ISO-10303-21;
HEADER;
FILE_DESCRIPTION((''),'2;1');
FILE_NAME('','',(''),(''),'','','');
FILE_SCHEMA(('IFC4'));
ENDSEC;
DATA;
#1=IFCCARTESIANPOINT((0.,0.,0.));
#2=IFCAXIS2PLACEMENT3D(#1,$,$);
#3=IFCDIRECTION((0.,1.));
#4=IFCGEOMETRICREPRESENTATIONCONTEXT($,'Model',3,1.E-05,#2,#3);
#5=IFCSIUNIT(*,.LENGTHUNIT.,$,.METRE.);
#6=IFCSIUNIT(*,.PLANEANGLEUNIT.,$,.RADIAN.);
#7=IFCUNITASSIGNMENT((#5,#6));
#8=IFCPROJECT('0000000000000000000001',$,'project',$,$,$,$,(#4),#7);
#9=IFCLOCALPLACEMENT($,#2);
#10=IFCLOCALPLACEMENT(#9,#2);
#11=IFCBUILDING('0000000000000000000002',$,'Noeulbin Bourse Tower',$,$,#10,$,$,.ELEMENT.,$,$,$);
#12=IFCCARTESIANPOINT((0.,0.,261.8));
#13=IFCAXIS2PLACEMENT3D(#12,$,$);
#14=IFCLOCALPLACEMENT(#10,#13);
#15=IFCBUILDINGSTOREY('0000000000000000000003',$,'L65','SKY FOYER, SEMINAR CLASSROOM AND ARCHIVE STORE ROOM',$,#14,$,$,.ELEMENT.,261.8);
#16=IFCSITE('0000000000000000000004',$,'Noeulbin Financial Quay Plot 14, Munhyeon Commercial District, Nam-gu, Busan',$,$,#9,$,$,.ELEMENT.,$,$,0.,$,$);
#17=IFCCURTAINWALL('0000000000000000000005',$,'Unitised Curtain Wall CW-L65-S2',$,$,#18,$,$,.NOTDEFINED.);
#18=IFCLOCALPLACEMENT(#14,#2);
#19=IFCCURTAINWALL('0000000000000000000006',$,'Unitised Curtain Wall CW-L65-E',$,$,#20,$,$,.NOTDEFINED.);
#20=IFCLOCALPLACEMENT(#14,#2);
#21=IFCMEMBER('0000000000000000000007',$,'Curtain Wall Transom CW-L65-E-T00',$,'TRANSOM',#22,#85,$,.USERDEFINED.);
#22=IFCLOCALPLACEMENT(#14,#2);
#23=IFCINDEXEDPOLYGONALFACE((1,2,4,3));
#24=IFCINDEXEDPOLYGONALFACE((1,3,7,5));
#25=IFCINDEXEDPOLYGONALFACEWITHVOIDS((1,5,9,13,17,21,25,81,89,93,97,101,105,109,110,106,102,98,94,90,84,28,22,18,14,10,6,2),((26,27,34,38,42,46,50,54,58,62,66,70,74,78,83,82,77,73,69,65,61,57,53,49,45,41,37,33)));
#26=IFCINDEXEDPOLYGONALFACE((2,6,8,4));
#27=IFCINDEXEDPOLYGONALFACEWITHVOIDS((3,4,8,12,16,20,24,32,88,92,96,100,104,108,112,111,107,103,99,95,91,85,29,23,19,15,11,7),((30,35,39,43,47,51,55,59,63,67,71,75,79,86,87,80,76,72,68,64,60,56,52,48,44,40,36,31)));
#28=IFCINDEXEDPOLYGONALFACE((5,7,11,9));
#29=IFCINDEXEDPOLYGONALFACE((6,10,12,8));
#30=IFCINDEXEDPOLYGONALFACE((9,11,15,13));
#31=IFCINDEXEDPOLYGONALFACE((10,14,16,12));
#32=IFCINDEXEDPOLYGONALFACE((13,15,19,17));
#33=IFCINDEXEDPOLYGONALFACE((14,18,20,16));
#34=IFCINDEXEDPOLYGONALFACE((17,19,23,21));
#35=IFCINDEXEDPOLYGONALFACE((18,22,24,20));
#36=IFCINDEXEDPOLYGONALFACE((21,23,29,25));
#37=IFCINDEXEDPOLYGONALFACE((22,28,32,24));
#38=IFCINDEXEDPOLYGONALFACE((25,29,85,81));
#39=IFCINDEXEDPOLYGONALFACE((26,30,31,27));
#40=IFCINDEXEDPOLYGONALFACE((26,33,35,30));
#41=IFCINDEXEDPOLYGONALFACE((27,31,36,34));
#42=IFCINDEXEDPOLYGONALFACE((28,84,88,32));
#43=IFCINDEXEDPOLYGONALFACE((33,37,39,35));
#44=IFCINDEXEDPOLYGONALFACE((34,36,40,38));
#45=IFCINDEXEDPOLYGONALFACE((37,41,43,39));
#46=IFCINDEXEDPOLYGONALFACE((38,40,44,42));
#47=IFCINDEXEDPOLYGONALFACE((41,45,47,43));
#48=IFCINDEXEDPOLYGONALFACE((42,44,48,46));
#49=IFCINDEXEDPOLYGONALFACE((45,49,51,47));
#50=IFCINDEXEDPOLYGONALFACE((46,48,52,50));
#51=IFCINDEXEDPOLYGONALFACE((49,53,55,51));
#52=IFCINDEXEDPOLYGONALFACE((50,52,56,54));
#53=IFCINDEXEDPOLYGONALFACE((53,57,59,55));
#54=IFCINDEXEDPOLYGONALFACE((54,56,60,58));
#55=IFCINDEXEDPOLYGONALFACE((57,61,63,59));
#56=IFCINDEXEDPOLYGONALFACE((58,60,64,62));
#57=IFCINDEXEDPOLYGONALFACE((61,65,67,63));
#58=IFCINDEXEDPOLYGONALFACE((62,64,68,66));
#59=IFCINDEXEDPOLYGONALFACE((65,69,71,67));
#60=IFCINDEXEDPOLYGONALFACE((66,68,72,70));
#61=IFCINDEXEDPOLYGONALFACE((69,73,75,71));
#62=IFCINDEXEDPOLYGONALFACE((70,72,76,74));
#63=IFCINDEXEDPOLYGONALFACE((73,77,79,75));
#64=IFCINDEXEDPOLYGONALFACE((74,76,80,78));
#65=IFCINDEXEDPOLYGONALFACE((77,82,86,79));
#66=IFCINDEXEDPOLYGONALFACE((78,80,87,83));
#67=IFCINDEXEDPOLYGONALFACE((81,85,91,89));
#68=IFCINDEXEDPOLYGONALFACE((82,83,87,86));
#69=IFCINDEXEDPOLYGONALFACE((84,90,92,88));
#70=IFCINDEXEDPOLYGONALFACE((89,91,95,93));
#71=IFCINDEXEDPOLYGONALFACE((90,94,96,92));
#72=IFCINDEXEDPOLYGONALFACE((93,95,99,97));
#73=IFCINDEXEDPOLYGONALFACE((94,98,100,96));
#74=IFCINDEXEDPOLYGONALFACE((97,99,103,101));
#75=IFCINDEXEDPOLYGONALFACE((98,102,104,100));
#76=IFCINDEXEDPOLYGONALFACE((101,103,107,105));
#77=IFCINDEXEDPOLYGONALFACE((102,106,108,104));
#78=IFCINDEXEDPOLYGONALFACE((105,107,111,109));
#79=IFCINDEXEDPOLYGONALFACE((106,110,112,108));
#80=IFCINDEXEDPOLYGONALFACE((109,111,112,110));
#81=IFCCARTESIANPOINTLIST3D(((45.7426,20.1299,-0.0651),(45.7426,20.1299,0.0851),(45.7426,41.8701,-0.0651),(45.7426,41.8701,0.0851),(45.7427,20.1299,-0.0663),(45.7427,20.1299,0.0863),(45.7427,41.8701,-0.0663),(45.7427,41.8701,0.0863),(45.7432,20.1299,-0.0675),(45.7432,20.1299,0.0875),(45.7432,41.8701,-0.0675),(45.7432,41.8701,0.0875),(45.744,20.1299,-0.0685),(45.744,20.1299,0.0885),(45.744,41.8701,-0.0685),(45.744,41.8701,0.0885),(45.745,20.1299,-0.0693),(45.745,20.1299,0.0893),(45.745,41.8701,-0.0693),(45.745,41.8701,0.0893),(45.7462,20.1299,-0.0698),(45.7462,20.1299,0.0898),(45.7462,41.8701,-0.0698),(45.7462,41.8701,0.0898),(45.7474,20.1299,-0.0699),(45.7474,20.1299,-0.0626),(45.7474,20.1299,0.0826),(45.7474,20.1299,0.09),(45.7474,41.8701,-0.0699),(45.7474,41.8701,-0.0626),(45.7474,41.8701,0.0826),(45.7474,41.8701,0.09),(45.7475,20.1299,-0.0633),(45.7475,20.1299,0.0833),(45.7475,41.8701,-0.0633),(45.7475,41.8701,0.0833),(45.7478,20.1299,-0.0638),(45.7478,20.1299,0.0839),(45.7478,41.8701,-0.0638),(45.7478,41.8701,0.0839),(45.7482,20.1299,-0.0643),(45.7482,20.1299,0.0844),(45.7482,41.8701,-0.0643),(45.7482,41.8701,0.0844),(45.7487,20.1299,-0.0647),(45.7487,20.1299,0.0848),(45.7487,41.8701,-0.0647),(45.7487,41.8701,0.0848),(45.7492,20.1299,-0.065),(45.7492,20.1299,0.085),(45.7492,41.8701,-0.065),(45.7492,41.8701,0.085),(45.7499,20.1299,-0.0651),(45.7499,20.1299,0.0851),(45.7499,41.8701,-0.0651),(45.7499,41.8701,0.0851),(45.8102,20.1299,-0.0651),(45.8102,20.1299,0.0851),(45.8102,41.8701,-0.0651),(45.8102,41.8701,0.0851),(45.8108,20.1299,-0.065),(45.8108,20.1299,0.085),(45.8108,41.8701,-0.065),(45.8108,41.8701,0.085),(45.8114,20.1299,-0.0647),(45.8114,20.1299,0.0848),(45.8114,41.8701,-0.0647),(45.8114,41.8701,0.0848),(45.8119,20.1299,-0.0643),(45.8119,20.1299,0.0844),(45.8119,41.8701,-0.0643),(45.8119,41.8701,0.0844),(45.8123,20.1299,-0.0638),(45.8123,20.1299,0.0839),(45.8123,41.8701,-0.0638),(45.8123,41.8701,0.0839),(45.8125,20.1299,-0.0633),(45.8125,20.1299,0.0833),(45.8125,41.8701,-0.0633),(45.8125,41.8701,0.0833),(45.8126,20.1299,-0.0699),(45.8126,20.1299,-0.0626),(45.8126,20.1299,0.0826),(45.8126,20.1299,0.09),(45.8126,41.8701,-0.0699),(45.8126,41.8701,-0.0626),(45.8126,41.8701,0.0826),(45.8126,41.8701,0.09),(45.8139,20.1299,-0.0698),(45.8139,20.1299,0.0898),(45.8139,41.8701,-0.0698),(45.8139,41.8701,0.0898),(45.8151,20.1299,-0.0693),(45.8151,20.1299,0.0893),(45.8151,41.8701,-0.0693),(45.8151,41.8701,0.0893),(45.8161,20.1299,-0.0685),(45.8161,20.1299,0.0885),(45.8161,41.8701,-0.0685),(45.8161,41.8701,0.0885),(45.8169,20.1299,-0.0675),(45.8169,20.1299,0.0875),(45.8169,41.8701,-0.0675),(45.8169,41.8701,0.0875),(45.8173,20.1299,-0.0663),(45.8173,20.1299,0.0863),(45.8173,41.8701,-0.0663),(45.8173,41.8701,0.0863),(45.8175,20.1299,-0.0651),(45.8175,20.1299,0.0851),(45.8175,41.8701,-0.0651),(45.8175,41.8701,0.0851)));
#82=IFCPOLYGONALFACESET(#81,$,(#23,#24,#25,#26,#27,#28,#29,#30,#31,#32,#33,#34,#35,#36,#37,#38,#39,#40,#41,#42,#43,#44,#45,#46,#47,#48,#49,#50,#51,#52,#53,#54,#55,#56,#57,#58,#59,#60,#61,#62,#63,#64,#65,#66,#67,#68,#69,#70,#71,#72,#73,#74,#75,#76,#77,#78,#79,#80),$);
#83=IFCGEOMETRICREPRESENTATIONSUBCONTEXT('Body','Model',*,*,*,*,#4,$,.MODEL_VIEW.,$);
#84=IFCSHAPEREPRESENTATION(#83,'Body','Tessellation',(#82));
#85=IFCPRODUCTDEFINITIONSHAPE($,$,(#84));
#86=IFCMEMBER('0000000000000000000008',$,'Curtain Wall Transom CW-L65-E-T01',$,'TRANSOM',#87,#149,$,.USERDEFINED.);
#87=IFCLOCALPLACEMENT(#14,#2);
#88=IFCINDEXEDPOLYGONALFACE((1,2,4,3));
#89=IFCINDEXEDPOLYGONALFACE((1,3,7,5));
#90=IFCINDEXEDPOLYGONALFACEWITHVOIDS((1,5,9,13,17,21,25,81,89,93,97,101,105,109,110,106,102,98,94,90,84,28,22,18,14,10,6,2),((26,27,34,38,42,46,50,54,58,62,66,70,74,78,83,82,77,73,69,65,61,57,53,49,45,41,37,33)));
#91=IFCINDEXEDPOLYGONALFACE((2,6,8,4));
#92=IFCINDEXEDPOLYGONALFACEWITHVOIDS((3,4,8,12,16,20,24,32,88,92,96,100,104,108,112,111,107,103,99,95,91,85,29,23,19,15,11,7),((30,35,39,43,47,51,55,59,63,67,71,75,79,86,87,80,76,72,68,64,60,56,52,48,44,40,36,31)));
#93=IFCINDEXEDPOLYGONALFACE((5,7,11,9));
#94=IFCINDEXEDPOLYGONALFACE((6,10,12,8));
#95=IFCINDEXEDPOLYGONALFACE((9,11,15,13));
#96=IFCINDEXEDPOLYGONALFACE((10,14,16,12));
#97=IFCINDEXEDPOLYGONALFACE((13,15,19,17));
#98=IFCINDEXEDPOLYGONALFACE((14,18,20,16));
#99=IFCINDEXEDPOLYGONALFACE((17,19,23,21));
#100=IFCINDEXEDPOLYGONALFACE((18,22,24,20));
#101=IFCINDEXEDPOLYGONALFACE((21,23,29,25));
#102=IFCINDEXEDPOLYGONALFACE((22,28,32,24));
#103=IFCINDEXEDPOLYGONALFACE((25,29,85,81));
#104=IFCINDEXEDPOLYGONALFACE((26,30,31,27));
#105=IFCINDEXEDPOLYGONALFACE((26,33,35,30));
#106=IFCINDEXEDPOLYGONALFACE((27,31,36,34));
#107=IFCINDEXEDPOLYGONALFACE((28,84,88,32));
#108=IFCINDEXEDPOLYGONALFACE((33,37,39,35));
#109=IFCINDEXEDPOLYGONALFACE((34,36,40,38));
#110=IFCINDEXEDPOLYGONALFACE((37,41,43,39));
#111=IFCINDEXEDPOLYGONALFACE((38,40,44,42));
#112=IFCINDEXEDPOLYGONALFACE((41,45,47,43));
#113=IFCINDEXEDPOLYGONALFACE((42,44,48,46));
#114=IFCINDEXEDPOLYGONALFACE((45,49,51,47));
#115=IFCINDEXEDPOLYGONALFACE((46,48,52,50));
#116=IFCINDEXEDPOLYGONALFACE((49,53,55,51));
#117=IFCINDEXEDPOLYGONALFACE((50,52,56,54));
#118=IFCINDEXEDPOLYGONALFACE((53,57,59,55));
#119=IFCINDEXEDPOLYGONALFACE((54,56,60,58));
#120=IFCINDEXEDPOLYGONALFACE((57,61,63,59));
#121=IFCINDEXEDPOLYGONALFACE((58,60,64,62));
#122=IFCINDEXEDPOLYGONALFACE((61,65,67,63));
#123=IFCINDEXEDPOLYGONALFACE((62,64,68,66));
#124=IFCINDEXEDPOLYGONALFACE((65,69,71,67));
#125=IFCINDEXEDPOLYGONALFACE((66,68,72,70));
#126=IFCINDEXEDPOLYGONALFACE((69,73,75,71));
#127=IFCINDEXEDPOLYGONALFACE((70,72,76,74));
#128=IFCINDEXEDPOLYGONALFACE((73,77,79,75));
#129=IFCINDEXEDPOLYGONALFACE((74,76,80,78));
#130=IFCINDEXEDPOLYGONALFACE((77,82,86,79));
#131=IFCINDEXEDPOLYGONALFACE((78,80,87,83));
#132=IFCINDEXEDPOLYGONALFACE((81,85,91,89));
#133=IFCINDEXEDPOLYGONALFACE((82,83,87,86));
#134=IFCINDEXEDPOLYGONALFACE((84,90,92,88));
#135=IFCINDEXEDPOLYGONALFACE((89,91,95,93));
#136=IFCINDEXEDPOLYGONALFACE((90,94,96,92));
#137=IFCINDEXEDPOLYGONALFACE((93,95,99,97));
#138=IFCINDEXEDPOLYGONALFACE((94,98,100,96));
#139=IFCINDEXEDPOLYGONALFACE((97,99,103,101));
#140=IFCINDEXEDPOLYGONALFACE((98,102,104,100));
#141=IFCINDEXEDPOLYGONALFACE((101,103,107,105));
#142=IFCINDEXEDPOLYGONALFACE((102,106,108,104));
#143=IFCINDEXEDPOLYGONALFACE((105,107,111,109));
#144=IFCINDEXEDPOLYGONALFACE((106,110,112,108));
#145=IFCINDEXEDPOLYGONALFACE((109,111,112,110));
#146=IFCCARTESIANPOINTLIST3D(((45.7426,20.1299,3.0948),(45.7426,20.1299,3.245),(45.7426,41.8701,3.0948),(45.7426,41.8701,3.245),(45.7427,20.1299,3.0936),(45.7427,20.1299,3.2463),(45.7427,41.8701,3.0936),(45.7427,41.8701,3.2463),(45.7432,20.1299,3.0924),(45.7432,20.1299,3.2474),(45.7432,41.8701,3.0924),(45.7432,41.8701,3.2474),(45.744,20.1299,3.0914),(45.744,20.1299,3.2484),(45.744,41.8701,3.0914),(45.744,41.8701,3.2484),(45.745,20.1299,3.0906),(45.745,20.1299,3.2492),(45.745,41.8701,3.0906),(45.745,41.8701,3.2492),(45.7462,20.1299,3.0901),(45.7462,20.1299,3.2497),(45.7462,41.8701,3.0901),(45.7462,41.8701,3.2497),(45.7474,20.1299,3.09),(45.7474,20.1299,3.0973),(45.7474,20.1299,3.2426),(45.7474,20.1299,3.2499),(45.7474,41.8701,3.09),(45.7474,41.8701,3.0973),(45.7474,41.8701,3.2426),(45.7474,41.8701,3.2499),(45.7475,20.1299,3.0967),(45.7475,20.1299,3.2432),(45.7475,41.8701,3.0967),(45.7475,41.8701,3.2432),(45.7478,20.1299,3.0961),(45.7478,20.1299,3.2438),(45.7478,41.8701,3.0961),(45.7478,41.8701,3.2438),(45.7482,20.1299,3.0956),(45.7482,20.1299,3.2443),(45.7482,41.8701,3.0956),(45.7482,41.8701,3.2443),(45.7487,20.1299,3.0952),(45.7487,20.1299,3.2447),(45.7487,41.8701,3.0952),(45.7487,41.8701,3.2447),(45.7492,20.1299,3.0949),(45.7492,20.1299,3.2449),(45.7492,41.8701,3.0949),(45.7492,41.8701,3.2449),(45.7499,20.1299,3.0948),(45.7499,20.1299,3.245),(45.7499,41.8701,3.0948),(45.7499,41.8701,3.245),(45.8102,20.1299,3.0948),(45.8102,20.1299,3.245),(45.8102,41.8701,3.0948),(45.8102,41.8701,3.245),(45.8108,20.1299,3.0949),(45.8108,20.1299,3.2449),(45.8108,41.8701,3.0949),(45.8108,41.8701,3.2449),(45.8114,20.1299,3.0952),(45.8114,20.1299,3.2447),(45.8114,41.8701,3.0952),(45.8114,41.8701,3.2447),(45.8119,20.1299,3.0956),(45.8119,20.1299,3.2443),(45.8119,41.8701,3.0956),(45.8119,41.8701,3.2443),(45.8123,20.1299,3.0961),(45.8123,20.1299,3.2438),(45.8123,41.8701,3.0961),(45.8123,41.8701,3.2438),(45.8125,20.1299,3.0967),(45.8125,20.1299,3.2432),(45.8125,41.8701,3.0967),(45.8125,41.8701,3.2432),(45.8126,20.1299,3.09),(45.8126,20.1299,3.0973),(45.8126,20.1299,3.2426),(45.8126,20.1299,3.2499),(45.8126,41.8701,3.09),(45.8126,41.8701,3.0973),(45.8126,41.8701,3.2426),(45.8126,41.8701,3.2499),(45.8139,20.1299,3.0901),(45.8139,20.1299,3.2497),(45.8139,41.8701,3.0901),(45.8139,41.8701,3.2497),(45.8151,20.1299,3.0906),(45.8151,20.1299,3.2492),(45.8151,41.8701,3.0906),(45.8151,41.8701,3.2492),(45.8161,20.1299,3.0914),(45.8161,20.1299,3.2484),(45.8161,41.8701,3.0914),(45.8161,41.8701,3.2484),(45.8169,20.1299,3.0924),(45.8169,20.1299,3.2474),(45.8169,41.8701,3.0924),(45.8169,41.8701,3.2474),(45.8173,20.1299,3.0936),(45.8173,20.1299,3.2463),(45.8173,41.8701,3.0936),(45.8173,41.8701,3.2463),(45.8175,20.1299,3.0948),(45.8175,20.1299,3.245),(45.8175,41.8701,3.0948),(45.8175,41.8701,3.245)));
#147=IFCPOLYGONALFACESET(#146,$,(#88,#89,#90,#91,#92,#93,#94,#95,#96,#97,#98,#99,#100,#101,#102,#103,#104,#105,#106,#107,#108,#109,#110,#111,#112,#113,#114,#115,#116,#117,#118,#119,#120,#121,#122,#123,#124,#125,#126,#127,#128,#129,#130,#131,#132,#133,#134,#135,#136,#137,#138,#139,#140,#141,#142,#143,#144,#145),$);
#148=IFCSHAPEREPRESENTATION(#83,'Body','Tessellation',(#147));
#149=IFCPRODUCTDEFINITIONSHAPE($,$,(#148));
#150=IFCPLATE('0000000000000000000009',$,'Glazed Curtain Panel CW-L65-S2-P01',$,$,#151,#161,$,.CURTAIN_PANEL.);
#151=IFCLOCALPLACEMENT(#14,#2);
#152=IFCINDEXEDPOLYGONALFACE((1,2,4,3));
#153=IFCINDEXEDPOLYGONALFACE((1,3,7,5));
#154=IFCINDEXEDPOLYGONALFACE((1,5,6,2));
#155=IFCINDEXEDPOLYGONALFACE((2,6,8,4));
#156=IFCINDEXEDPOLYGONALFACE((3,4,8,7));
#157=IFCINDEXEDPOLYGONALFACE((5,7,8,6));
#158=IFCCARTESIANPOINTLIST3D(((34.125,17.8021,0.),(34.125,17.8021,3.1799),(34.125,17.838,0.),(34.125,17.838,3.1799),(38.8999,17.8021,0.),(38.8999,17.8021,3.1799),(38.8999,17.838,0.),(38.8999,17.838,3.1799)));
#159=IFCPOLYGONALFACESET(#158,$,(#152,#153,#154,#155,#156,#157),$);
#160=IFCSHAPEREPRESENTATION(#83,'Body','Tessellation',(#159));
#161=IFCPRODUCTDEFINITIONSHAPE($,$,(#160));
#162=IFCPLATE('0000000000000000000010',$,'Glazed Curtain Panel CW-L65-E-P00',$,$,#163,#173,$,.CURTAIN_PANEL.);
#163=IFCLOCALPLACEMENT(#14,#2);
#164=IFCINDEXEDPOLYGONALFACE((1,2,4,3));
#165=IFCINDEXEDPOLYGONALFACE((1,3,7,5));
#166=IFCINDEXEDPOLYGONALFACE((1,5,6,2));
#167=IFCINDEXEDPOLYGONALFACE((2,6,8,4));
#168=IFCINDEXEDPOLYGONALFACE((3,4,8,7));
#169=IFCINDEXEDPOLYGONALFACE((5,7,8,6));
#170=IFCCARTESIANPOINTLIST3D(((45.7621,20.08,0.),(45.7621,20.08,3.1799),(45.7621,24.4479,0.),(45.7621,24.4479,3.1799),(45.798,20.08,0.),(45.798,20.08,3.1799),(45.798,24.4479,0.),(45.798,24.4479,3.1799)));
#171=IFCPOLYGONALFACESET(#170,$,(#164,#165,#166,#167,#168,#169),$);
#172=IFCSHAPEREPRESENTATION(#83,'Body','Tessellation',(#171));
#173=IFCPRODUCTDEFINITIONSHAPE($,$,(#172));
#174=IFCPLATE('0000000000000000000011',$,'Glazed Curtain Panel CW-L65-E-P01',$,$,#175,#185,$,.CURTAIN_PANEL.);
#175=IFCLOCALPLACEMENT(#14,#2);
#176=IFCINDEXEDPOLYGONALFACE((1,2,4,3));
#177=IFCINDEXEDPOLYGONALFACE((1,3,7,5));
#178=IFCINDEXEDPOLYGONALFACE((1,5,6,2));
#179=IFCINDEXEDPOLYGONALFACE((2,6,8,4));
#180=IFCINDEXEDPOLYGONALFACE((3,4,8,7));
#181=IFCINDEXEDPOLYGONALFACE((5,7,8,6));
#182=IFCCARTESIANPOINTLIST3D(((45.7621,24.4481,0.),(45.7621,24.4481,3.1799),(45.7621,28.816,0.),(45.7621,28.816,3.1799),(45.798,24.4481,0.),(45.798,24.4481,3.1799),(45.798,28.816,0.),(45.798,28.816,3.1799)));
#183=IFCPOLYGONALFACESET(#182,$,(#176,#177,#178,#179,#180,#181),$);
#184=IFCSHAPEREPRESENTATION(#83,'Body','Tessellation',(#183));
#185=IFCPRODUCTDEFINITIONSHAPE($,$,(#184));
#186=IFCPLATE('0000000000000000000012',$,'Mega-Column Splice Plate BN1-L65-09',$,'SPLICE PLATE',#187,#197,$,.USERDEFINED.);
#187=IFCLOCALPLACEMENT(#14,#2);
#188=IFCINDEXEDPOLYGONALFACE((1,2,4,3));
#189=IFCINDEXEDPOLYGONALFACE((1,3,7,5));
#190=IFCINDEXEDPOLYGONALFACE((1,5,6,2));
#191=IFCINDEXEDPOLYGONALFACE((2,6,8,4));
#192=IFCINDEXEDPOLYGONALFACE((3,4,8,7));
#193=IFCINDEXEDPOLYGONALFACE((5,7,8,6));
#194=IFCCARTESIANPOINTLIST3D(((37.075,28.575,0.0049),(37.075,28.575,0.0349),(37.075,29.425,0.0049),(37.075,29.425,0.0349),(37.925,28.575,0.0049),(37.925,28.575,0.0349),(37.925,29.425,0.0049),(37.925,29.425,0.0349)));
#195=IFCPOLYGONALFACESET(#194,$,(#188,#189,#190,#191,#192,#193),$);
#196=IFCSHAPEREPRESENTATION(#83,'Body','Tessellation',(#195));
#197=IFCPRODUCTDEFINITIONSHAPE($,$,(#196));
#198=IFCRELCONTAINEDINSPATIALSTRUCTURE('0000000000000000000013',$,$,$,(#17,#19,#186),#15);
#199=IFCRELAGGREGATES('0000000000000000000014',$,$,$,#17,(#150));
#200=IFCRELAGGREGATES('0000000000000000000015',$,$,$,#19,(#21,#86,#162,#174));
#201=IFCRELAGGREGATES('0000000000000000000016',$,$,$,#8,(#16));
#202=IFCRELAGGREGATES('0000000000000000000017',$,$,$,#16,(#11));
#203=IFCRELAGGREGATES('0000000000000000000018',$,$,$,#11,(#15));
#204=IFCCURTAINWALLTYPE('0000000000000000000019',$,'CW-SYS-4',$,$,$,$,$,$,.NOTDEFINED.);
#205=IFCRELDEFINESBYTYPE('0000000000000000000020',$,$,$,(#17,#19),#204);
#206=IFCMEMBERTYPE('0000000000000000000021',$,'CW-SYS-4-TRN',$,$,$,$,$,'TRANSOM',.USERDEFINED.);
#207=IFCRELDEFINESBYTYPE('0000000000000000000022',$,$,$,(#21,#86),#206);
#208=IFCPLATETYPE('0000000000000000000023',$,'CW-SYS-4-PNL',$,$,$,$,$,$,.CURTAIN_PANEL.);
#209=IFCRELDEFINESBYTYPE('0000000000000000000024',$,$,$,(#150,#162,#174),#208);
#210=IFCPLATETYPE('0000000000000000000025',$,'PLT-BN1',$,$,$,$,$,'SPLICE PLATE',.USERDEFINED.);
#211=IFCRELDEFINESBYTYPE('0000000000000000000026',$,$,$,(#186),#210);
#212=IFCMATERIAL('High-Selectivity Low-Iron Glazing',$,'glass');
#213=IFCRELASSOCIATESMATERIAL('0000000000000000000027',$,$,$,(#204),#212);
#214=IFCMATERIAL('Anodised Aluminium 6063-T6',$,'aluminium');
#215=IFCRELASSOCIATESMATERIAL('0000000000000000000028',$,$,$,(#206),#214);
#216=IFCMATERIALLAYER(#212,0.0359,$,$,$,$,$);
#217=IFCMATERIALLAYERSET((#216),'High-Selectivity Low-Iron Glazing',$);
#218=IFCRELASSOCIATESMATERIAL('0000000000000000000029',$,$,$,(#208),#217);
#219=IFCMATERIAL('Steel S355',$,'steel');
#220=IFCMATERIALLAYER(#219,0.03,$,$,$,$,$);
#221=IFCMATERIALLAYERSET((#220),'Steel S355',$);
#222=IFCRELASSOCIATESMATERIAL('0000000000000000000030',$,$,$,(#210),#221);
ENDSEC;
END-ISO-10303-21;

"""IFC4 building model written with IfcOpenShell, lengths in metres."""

from ifc_helpers import new_model, si_unit, direction, frame, origin, origin_2d, place, context, subcontext, project, spatial, rectangle, hollow_rectangle, extrude, material, layer, layer_set, material_profile, profile_set, type_object, element, aggregate, save


model = new_model("IFC4")

# Units and contexts
model_context = context("Model", 3, precision=1e-05, world=origin(), true_north=direction((0.0, 1.0)))
body_context = subcontext(model_context, "Body", "Model", "MODEL_VIEW")
ifc_project = project(units=[si_unit("LENGTHUNIT", "METRE"), si_unit("PLANEANGLEUNIT", "RADIAN")], contexts=[model_context])

# Site, building, storey
site_placement = place(None, origin())
site = spatial("IfcSite", under=ifc_project, at=site_placement, Name="Noeulbin Financial Quay Plot 14, Munhyeon Commercial District, Nam-gu, Busan", CompositionType="ELEMENT", RefElevation=0.0)
building_placement = place(site_placement, origin())
building = spatial("IfcBuilding", under=site, at=building_placement, Name="Noeulbin Bourse Tower", CompositionType="ELEMENT")
storey_placement = place(building_placement, frame((0.0, 0.0, 261.8)))
storey = spatial("IfcBuildingStorey", under=building, at=storey_placement, Name="L65", Description="SKY FOYER, SEMINAR CLASSROOM AND ARCHIVE STORE ROOM", CompositionType="ELEMENT", Elevation=261.8)

# Shared definitions
ifc_material_1 = material(Name="Steel S355", Category="steel")

# Curtain wall
ifc_material_2 = material(Name="High-Selectivity Low-Iron Glazing", Category="glass")
curtain_wall_type = type_object("IfcCurtainWallType", Name="CW-SYS-4", PredefinedType="NOTDEFINED", material=ifc_material_2)
curtain_wall_1_placement = place(storey_placement, origin())
curtain_wall_1 = element("IfcCurtainWall", 1, at=curtain_wall_1_placement, inside=storey, type_object=curtain_wall_type, Name="Unitised Curtain Wall CW-L65-S2", PredefinedType="NOTDEFINED")
ifc_material_3 = material(Name="Anodised Aluminium 6063-T6", Category="aluminium")

# Curtain wall, members
curtain_wall_2_placement = place(storey_placement, origin())
curtain_wall_2 = element("IfcCurtainWall", 2, at=curtain_wall_2_placement, inside=storey, type_object=curtain_wall_type, Name="Unitised Curtain Wall CW-L65-E", PredefinedType="NOTDEFINED")
ifc_material_profile_1 = material_profile(ifc_material_3, hollow_rectangle(XDim=0.075, YDim=0.1599, WallThickness=0.0049, InnerFilletRadius=0.0024, OuterFilletRadius=0.0049, at=origin_2d()), Name="ALU-TRAN-75x160x5", Category="LoadBearing")
ifc_profile_set_1 = profile_set([ifc_material_profile_1], Name="Anodised Aluminium 6063-T6")
member_type_1 = type_object("IfcMemberType", Name="CW-SYS-4-TRN", ElementType="TRANSOM", PredefinedType="USERDEFINED", material=ifc_profile_set_1)
member_1_placement = place(storey_placement, frame((45.78, 20.1299, 0.01), z_axis=(0.0, 1.0, 0.0), x_axis=(-1.0, 0.0, 0.0)))
member_1 = element("IfcMember", 3, at=member_1_placement, type_object=member_type_1, Name="Curtain Wall Transom CW-L65-E-T00", ObjectType="TRANSOM", PredefinedType="USERDEFINED", context=body_context, shape_type="SweptSolid", body=[
    extrude(hollow_rectangle(XDim=0.075, YDim=0.1599, WallThickness=0.0049, InnerFilletRadius=0.0024, OuterFilletRadius=0.0049, at=origin_2d()), origin(), (0.0, 0.0, 1.0), 21.7402),
])
member_2_placement = place(storey_placement, frame((45.78, 20.1299, 3.1699), z_axis=(0.0, 1.0, 0.0), x_axis=(-1.0, 0.0, 0.0)))
member_2 = element("IfcMember", 4, at=member_2_placement, type_object=member_type_1, Name="Curtain Wall Transom CW-L65-E-T01", ObjectType="TRANSOM", PredefinedType="USERDEFINED", context=body_context, shape_type="SweptSolid", body=[
    extrude(hollow_rectangle(XDim=0.075, YDim=0.1599, WallThickness=0.0049, InnerFilletRadius=0.0024, OuterFilletRadius=0.0049, at=origin_2d()), origin(), (0.0, 0.0, 1.0), 21.7402),
])

# Plates
ifc_layer_1 = layer(ifc_material_2, 0.0359)
ifc_layer_set_1 = layer_set([ifc_layer_1], Name="High-Selectivity Low-Iron Glazing")
plate_type_1 = type_object("IfcPlateType", Name="CW-SYS-4-PNL", PredefinedType="CURTAIN_PANEL", material=ifc_layer_set_1)
plate_1_placement = place(storey_placement, frame((36.5125, 17.8201, 0.0), z_axis=(0.0, 0.0, 1.0), x_axis=(1.0, 0.0, 0.0)))
plate_1 = element("IfcPlate", 5, at=plate_1_placement, type_object=plate_type_1, Name="Glazed Curtain Panel CW-L65-S2-P01", PredefinedType="CURTAIN_PANEL", context=body_context, shape_type="SweptSolid", body=[
    extrude(rectangle(XDim=4.7749, YDim=0.0359, at=origin_2d()), origin(), (0.0, 0.0, 1.0), 3.1799),
])
aggregate(curtain_wall_1, [plate_1])
plate_2_placement = place(storey_placement, frame((45.78, 22.2639, 0.0), z_axis=(0.0, 0.0, 1.0), x_axis=(0.0, 1.0, 0.0)))
plate_2 = element("IfcPlate", 6, at=plate_2_placement, type_object=plate_type_1, Name="Glazed Curtain Panel CW-L65-E-P00", PredefinedType="CURTAIN_PANEL", context=body_context, shape_type="SweptSolid", body=[
    extrude(rectangle(XDim=4.3679, YDim=0.0359, at=origin_2d()), origin(), (0.0, 0.0, 1.0), 3.1799),
])
plate_3_placement = place(storey_placement, frame((45.78, 26.6321, 0.0), z_axis=(0.0, 0.0, 1.0), x_axis=(0.0, 1.0, 0.0)))
plate_3 = element("IfcPlate", 7, at=plate_3_placement, type_object=plate_type_1, Name="Glazed Curtain Panel CW-L65-E-P01", PredefinedType="CURTAIN_PANEL", context=body_context, shape_type="SweptSolid", body=[
    extrude(rectangle(XDim=4.3679, YDim=0.0359, at=origin_2d()), origin(), (0.0, 0.0, 1.0), 3.1799),
])
aggregate(curtain_wall_2, [member_1, member_2, plate_2, plate_3])

# Plate
ifc_layer_2 = layer(ifc_material_1, 0.03)
ifc_layer_set_2 = layer_set([ifc_layer_2], Name="Steel S355")
plate_type_2 = type_object("IfcPlateType", Name="PLT-BN1", ElementType="SPLICE PLATE", PredefinedType="USERDEFINED", material=ifc_layer_set_2)
for number, where, z_axis, x_axis, name in (
    (8, (37.5, 29.0, 0.0049), (0.0, 0.0, 1.0), (1.0, 0.0, 0.0), "Mega-Column Splice Plate BN1-L65-09"),
):
    element("IfcPlate", number, at=place(storey_placement, frame(where, z_axis=z_axis, x_axis=x_axis)), inside=storey, type_object=plate_type_2, Name=name, ObjectType="SPLICE PLATE", PredefinedType="USERDEFINED", context=body_context, shape_type="SweptSolid", body=[
        extrude(rectangle(XDim=0.8501, YDim=0.8501, at=origin_2d()), origin(), (0.0, 0.0, 1.0), 0.03),
    ])

save(model, "model.ifc")
